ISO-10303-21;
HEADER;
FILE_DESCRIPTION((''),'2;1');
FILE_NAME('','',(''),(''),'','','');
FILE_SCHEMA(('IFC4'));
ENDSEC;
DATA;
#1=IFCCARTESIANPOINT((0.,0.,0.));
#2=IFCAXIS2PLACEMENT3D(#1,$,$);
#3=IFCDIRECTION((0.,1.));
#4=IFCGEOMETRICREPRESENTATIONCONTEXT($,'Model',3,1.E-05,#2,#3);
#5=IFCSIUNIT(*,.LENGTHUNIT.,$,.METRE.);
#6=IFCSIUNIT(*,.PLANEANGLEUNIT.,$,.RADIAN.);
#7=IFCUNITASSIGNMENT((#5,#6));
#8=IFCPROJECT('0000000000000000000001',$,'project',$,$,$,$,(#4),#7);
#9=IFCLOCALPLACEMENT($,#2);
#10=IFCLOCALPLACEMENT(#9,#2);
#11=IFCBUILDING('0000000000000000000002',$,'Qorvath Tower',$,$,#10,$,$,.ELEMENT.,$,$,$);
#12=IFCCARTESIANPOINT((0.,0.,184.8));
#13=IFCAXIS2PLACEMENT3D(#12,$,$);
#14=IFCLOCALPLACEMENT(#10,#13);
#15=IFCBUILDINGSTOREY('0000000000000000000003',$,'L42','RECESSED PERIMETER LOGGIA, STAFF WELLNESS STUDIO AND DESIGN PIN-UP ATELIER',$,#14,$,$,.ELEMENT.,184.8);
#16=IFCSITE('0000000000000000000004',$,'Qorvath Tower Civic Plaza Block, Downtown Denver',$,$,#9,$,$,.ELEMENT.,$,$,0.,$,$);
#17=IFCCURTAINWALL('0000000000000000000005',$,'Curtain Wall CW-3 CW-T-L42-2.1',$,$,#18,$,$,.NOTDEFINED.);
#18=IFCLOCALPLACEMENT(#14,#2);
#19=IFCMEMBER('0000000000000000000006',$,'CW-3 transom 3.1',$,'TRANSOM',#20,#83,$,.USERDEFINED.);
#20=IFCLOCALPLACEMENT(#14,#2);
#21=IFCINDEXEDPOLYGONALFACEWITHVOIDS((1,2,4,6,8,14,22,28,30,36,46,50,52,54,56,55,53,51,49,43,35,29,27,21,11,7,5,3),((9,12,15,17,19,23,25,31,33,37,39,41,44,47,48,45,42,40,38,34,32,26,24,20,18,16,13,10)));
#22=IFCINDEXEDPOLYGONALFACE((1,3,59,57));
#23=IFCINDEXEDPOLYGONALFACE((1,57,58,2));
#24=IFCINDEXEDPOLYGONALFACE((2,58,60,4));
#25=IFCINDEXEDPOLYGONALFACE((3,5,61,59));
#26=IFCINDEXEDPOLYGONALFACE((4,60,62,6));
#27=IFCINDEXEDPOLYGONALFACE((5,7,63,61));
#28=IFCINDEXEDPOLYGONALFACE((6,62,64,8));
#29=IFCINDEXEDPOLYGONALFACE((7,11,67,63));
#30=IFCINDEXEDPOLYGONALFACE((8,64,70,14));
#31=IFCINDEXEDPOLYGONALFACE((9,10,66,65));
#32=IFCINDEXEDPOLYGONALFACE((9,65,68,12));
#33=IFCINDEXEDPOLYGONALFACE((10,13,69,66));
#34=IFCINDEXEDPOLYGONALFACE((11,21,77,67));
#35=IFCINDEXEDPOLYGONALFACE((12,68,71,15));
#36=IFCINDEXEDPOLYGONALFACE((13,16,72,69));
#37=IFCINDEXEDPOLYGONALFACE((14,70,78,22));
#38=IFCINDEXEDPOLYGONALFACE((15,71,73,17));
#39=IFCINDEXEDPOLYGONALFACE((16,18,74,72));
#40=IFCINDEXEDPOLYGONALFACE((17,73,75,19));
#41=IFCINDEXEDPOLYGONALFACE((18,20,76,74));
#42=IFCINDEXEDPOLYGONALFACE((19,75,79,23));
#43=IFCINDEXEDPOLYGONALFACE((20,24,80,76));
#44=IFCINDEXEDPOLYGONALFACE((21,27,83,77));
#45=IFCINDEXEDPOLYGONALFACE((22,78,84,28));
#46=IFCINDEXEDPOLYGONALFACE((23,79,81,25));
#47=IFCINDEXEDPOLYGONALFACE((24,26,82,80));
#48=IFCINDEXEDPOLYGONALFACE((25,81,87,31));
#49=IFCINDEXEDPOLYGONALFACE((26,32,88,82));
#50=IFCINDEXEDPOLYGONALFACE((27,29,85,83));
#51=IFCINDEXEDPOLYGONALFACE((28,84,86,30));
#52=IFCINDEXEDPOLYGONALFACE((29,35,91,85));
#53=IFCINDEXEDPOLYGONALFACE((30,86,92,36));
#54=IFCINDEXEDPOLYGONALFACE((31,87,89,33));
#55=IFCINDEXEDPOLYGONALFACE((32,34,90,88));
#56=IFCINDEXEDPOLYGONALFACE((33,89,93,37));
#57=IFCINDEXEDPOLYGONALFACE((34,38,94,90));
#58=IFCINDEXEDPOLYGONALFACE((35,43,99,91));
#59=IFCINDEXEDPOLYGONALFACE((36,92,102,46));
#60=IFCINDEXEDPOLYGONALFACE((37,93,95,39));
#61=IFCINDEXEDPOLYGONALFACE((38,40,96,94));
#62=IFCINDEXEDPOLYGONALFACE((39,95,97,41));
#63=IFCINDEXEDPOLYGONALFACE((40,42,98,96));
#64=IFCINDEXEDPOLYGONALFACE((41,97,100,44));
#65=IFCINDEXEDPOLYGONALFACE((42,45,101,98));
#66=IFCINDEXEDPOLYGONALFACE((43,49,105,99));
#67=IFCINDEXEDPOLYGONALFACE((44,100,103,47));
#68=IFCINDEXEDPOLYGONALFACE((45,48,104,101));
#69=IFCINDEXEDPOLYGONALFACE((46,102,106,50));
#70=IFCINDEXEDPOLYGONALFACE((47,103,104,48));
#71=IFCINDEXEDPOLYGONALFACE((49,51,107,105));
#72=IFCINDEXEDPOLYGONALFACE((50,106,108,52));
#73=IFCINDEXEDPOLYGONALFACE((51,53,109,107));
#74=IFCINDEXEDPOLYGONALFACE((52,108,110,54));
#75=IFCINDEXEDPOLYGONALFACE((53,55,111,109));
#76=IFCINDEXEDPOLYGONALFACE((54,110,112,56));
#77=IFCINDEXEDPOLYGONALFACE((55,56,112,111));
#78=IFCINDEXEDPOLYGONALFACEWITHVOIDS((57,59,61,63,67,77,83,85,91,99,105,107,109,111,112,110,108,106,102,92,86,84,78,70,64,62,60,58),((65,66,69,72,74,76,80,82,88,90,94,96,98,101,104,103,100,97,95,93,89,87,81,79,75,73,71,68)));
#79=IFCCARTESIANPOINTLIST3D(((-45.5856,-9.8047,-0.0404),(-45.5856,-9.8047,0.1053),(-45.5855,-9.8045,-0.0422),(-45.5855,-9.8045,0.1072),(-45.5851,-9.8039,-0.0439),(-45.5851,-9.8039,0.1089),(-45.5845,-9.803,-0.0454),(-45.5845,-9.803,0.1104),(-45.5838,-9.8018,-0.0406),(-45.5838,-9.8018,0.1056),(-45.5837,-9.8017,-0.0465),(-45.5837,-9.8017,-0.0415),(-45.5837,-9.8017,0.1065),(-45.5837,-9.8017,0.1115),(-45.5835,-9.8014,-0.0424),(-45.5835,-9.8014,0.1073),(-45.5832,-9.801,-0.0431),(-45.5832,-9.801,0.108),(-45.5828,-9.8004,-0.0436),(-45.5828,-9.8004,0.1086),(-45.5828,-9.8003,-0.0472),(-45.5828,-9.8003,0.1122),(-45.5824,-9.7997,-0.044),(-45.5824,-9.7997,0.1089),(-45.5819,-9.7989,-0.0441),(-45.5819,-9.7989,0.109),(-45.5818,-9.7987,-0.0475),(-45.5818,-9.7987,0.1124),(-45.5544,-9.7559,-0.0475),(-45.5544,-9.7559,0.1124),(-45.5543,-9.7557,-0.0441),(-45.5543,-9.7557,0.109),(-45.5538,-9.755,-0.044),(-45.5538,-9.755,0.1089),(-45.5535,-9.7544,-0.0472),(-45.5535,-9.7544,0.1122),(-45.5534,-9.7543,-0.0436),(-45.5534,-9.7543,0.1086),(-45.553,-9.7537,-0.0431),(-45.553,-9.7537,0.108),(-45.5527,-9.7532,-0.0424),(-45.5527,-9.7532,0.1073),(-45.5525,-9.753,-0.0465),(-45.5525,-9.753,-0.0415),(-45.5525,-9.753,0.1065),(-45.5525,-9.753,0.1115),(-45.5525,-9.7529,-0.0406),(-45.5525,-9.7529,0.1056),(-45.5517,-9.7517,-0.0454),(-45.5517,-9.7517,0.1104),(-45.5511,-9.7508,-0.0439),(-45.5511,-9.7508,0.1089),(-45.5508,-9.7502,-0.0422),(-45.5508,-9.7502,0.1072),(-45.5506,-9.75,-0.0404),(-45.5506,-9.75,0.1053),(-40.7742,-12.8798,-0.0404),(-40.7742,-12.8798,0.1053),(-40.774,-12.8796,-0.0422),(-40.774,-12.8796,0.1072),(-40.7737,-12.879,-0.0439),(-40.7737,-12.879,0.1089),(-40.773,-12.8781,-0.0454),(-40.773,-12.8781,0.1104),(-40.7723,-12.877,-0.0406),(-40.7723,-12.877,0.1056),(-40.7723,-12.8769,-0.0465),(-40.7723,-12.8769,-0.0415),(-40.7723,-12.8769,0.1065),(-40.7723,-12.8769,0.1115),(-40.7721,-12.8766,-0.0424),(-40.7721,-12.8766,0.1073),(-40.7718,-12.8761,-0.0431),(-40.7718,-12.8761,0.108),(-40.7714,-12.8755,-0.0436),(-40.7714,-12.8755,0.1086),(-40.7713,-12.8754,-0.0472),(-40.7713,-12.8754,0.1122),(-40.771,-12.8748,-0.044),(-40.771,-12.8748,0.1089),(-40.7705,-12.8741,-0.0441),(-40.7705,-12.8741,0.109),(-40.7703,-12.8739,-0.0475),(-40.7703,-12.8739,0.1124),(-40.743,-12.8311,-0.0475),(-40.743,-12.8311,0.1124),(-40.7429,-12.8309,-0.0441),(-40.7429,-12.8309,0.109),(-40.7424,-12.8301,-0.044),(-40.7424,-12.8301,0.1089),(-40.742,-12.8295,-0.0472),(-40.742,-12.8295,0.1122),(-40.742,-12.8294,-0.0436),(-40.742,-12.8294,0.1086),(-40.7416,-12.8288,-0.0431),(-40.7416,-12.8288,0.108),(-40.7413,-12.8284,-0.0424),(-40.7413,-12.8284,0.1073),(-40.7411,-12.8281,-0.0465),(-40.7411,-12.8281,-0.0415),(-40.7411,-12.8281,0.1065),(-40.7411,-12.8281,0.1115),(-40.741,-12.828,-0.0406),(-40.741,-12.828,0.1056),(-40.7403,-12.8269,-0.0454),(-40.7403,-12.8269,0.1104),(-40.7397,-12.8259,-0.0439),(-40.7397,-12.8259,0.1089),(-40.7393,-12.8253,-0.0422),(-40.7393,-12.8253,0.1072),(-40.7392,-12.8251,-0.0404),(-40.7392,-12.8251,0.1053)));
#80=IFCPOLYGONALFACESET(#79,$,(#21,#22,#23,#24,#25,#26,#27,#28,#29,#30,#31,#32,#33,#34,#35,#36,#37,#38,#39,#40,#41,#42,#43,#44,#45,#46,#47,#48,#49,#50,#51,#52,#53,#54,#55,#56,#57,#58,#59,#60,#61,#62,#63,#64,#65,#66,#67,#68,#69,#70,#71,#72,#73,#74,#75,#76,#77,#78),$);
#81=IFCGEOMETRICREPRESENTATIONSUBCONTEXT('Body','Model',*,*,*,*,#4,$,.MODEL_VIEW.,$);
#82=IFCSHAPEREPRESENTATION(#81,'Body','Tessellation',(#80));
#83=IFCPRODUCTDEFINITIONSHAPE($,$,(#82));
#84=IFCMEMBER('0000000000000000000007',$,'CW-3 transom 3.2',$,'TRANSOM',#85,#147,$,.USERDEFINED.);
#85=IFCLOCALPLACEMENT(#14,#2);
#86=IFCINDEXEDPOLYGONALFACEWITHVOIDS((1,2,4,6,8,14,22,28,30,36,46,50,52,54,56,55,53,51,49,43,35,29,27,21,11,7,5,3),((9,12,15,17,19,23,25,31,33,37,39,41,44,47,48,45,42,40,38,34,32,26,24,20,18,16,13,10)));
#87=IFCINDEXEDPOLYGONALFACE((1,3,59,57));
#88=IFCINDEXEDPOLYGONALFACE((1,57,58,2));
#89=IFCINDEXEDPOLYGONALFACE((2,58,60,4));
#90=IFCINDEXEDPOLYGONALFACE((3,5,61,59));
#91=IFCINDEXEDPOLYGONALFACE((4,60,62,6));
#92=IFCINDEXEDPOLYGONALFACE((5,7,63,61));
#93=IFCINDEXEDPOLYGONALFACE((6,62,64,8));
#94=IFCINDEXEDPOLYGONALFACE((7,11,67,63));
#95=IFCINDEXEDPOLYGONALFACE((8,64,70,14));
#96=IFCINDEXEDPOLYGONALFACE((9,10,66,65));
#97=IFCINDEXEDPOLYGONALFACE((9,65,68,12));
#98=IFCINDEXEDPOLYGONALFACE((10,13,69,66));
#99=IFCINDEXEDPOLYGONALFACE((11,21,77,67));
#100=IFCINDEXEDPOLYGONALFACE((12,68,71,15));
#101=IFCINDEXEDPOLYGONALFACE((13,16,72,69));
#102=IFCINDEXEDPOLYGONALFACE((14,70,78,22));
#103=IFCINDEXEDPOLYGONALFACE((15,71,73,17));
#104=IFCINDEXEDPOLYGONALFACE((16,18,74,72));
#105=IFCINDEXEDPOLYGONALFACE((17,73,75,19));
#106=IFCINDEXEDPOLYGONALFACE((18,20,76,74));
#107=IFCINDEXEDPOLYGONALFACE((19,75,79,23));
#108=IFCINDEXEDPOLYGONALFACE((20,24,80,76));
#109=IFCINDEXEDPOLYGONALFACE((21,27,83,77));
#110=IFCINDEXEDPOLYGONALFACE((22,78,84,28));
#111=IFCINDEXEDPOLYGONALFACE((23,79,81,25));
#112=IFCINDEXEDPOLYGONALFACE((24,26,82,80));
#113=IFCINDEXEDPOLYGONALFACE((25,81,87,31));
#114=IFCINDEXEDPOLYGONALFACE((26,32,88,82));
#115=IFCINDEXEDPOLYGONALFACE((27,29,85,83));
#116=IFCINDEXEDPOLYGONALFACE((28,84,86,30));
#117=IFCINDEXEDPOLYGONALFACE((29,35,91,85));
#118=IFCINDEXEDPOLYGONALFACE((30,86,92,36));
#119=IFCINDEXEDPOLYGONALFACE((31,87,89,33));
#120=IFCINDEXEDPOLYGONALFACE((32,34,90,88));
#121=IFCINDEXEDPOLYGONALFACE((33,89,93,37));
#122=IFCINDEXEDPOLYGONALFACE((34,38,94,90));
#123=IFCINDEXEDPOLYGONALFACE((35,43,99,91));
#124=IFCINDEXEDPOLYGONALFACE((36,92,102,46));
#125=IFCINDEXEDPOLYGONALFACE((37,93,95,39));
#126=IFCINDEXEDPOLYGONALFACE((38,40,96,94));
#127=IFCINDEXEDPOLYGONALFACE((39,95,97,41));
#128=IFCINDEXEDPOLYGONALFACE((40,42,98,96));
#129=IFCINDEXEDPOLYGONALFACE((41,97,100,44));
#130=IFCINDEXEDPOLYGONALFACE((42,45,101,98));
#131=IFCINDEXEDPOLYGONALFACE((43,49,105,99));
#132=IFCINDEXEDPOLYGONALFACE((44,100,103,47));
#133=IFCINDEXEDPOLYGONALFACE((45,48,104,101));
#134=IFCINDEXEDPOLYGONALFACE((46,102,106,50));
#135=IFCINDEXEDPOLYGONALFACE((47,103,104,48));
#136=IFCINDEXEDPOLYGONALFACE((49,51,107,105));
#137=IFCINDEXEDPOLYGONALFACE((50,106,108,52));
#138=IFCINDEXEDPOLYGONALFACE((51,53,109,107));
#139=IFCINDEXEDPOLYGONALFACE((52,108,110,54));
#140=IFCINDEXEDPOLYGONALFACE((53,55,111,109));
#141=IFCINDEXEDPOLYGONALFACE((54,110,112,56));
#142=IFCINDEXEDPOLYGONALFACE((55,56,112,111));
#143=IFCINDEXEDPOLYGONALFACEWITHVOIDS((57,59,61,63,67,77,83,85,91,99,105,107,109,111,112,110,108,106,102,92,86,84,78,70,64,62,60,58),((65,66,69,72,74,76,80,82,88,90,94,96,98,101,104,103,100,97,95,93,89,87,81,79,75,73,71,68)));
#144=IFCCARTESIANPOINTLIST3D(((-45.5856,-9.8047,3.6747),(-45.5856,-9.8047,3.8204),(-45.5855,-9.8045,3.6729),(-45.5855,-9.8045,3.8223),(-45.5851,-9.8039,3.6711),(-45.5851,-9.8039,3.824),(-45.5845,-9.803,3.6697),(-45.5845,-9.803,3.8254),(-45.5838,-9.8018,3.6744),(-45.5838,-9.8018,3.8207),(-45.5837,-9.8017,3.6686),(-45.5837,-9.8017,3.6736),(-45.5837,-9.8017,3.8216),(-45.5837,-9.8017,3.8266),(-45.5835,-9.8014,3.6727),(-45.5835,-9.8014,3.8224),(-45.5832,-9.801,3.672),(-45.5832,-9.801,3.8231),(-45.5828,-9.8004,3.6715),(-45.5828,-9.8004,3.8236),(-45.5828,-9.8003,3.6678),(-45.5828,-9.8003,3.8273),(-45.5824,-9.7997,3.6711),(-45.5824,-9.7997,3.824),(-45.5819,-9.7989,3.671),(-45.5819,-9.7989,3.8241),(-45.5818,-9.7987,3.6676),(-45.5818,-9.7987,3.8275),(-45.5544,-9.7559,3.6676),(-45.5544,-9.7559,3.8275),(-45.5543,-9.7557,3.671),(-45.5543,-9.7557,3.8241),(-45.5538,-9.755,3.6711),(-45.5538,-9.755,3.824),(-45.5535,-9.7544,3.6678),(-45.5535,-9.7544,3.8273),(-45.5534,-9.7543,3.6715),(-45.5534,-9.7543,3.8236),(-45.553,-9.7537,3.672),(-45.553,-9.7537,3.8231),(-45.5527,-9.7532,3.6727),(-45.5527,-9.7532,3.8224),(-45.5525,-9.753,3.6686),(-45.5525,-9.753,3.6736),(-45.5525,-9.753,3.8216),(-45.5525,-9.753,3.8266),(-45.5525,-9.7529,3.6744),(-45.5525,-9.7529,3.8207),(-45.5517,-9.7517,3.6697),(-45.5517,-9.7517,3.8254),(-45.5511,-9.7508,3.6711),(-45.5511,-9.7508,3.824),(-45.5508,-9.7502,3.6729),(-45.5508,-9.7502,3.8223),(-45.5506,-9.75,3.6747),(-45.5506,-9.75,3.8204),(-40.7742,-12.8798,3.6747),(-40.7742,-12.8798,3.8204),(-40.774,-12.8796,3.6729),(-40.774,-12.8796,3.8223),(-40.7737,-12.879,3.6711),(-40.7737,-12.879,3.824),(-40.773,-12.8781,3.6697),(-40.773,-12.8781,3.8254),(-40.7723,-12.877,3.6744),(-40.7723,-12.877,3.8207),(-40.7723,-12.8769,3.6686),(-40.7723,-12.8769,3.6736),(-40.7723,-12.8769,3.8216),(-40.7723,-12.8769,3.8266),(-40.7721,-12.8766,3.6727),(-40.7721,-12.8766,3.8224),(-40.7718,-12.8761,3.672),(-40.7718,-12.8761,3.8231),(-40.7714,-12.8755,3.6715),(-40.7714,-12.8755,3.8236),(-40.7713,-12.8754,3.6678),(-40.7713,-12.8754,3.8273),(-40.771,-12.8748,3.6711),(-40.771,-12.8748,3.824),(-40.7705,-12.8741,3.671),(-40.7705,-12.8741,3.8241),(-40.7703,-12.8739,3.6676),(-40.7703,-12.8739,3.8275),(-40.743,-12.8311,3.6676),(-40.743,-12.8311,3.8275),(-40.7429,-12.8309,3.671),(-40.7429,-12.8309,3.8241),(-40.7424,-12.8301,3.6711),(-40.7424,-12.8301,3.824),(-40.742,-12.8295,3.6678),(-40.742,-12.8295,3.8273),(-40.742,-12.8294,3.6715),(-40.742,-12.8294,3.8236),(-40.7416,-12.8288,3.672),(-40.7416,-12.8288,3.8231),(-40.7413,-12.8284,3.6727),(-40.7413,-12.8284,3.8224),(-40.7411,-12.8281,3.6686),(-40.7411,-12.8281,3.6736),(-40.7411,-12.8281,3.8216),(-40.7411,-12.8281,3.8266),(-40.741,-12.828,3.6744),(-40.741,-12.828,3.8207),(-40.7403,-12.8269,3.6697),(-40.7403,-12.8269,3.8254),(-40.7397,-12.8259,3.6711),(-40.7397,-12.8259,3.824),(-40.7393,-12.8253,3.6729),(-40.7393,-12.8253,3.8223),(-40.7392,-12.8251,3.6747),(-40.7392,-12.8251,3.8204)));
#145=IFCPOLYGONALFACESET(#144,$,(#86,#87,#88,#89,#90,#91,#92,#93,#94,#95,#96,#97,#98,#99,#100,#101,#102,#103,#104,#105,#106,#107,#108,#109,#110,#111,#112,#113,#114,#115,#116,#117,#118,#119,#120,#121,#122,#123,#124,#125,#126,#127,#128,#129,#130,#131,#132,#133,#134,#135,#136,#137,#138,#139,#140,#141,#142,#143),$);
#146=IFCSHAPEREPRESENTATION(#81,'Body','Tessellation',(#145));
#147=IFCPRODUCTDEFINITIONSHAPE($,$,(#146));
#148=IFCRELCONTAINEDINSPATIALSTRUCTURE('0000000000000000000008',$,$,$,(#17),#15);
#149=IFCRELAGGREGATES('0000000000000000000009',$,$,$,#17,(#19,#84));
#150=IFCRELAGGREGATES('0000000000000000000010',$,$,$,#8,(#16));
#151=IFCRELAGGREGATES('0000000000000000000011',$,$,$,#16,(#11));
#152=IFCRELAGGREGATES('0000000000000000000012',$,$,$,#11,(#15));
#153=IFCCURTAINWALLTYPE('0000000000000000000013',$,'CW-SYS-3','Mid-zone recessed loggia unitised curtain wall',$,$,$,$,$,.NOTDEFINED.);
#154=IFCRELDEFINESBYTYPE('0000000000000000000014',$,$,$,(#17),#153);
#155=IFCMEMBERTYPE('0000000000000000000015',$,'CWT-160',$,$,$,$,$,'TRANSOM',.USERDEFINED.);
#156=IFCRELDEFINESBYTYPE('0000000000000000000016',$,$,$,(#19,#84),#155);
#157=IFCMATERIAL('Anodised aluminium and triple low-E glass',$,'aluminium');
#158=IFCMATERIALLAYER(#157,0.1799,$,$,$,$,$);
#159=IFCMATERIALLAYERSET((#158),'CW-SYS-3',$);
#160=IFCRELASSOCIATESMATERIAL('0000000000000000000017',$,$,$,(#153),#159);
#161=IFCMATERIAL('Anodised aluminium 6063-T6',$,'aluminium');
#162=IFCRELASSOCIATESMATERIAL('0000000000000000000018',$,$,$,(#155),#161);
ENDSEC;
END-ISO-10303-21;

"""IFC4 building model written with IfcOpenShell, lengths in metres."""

from ifc_helpers import new_model, si_unit, direction, frame, origin, origin_2d, place, context, subcontext, project, spatial, hollow_rectangle, extrude, material, layer, layer_set, material_profile, profile_set, type_object, element, aggregate, save


model = new_model("IFC4")

# Units and contexts
model_context = context("Model", 3, precision=1e-05, world=origin(), true_north=direction((0.0, 1.0)))
body_context = subcontext(model_context, "Body", "Model", "MODEL_VIEW")
ifc_project = project(units=[si_unit("LENGTHUNIT", "METRE"), si_unit("PLANEANGLEUNIT", "RADIAN")], contexts=[model_context])

# Site, building, storey
site_placement = place(None, origin())
site = spatial("IfcSite", under=ifc_project, at=site_placement, Name="Qorvath Tower Civic Plaza Block, Downtown Denver", CompositionType="ELEMENT", RefElevation=0.0)
building_placement = place(site_placement, origin())
building = spatial("IfcBuilding", under=site, at=building_placement, Name="Qorvath Tower", CompositionType="ELEMENT")
storey_placement = place(building_placement, frame((0.0, 0.0, 184.8)))
storey = spatial("IfcBuildingStorey", under=building, at=storey_placement, Name="L42", Description="RECESSED PERIMETER LOGGIA, STAFF WELLNESS STUDIO AND DESIGN PIN-UP ATELIER", CompositionType="ELEMENT", Elevation=184.8)

# Curtain wall, members
ifc_material_1 = material(Name="Anodised aluminium and triple low-E glass", Category="aluminium")
ifc_layer_1 = layer(ifc_material_1, 0.1799)
ifc_layer_set_1 = layer_set([ifc_layer_1], Name="CW-SYS-3")
curtain_wall_type = type_object("IfcCurtainWallType", Name="CW-SYS-3", Description="Mid-zone recessed loggia unitised curtain wall", PredefinedType="NOTDEFINED", material=ifc_layer_set_1)
curtain_wall_placement = place(storey_placement, origin())
curtain_wall = element("IfcCurtainWall", 1, at=curtain_wall_placement, inside=storey, type_object=curtain_wall_type, Name="Curtain Wall CW-3 CW-T-L42-2.1", PredefinedType="NOTDEFINED")
ifc_material_2 = material(Name="Anodised aluminium 6063-T6", Category="aluminium")
ifc_material_profile_1 = material_profile(ifc_material_2, hollow_rectangle(XDim=0.0649, YDim=0.1599, WallThickness=0.0034, InnerFilletRadius=0.0034, OuterFilletRadius=0.0071, at=origin_2d()), Name="CWT 160x65")
ifc_profile_set_1 = profile_set([ifc_material_profile_1], Name="Anodised aluminium 6063-T6")
member_type_1 = type_object("IfcMemberType", Name="CWT-160", ElementType="TRANSOM", PredefinedType="USERDEFINED", material=ifc_profile_set_1)
member_1_placement = place(storey_placement, frame((-45.5681, -9.7773, 0.0325), z_axis=(0.842604, -0.538534, 0.0), x_axis=(0.538534, 0.842604, 0.0)))
member_1 = element("IfcMember", 2, at=member_1_placement, type_object=member_type_1, Name="CW-3 transom 3.1", ObjectType="TRANSOM", PredefinedType="USERDEFINED", context=body_context, shape_type="SweptSolid", body=[
    extrude(hollow_rectangle(XDim=0.0649, YDim=0.1599, WallThickness=0.0034, InnerFilletRadius=0.0034, OuterFilletRadius=0.0071, at=origin_2d()), origin(), (0.0, 0.0, 1.0), 5.7102),
])
member_2_placement = place(storey_placement, frame((-45.5681, -9.7773, 3.7476), z_axis=(0.842604, -0.538534, 0.0), x_axis=(0.538534, 0.842604, 0.0)))
member_2 = element("IfcMember", 3, at=member_2_placement, type_object=member_type_1, Name="CW-3 transom 3.2", ObjectType="TRANSOM", PredefinedType="USERDEFINED", context=body_context, shape_type="SweptSolid", body=[
    extrude(hollow_rectangle(XDim=0.0649, YDim=0.1599, WallThickness=0.0034, InnerFilletRadius=0.0034, OuterFilletRadius=0.0071, at=origin_2d()), origin(), (0.0, 0.0, 1.0), 5.7102),
])
aggregate(curtain_wall, [member_1, member_2])

save(model, "model.ifc")
